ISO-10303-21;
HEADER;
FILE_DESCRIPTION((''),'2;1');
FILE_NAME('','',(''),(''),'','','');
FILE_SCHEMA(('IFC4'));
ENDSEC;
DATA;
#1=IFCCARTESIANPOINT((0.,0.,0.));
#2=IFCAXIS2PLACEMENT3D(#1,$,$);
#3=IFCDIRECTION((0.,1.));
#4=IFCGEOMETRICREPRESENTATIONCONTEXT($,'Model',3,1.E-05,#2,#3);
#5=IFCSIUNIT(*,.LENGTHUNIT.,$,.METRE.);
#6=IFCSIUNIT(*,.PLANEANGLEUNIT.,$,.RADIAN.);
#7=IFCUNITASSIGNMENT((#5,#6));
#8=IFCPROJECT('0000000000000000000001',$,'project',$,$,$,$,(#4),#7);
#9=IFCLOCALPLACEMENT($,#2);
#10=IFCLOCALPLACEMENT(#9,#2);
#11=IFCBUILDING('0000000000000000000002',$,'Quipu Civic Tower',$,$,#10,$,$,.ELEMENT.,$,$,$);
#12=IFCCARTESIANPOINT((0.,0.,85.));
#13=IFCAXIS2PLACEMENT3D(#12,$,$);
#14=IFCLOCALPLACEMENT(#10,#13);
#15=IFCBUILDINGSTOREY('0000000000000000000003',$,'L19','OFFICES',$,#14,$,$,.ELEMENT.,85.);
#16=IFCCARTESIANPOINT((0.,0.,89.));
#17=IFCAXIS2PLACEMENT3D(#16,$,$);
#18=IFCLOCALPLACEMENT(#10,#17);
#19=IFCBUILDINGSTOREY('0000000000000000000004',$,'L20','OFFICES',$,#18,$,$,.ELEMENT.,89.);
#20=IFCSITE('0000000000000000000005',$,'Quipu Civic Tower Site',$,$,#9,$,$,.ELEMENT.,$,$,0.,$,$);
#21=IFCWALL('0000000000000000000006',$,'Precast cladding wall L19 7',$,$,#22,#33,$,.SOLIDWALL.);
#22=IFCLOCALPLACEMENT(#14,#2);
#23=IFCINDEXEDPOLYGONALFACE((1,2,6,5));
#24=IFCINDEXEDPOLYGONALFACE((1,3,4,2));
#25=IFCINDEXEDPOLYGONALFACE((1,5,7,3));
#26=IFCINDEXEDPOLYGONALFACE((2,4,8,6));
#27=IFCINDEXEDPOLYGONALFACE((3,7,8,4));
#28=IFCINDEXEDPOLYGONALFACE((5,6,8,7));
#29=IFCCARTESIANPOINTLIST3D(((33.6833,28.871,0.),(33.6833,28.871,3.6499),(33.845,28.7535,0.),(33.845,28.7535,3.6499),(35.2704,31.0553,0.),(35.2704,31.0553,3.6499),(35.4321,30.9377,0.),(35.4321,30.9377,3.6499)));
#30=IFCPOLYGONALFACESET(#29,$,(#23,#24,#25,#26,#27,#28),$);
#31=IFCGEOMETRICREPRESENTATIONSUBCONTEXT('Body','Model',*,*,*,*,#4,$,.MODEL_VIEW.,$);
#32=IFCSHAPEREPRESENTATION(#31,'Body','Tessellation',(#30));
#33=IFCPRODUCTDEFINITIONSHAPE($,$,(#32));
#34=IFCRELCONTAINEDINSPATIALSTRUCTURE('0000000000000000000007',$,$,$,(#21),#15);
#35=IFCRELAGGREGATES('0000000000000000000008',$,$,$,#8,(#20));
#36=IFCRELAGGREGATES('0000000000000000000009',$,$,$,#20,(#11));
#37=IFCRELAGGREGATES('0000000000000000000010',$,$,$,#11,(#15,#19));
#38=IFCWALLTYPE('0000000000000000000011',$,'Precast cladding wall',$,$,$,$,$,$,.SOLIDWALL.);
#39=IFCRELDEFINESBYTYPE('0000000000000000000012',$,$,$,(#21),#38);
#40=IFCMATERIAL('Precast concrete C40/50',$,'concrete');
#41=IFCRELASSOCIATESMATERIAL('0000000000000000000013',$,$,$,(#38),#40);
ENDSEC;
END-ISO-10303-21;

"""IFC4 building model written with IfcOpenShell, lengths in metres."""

from ifc_helpers import new_model, si_unit, direction, frame, frame_2d, origin, place, context, subcontext, project, spatial, rectangle, extrude, material, type_object, element, save


model = new_model("IFC4")

# Units and contexts
model_context = context("Model", 3, precision=1e-05, world=origin(), true_north=direction((0.0, 1.0)))
body_context = subcontext(model_context, "Body", "Model", "MODEL_VIEW")
ifc_project = project(units=[si_unit("LENGTHUNIT", "METRE"), si_unit("PLANEANGLEUNIT", "RADIAN")], contexts=[model_context])

# Site, building, storey
site_placement = place(None, origin())
site = spatial("IfcSite", under=ifc_project, at=site_placement, Name="Quipu Civic Tower Site", CompositionType="ELEMENT", RefElevation=0.0)
building_placement = place(site_placement, origin())
building = spatial("IfcBuilding", under=site, at=building_placement, Name="Quipu Civic Tower", CompositionType="ELEMENT")
storey_1_placement = place(building_placement, frame((0.0, 0.0, 85.0)))
storey_1 = spatial("IfcBuildingStorey", under=building, at=storey_1_placement, Name="L19", Description="OFFICES", CompositionType="ELEMENT", Elevation=85.0)

# Shared definitions
storey_2_placement = place(building_placement, frame((0.0, 0.0, 89.0)))
storey_2 = spatial("IfcBuildingStorey", under=building, at=storey_2_placement, Name="L20", Description="OFFICES", CompositionType="ELEMENT", Elevation=89.0)

# Wall
ifc_material_1 = material(Name="Precast concrete C40/50", Category="concrete")
wall_type_1 = type_object("IfcWallType", Name="Precast cladding wall", PredefinedType="SOLIDWALL", material=ifc_material_1)
for number, where, z_axis, x_axis, name in (
    (1, (35.3513, 30.9966, 0.0), (0.0, 0.0, 1.0), (-0.587822, -0.80899, 0.0), "Precast cladding wall L19 7"),
):
    element("IfcWall", number, at=place(storey_1_placement, frame(where, z_axis=z_axis, x_axis=x_axis)), inside=storey_1, type_object=wall_type_1, Name=name, PredefinedType="SOLIDWALL", context=body_context, shape_type="SweptSolid", body=[
        extrude(rectangle(XDim=2.7, YDim=0.2, at=frame_2d((1.3501, 0.0))), origin(), (0.0, 0.0, 1.0), 3.6499),
    ])

save(model, "model.ifc")
